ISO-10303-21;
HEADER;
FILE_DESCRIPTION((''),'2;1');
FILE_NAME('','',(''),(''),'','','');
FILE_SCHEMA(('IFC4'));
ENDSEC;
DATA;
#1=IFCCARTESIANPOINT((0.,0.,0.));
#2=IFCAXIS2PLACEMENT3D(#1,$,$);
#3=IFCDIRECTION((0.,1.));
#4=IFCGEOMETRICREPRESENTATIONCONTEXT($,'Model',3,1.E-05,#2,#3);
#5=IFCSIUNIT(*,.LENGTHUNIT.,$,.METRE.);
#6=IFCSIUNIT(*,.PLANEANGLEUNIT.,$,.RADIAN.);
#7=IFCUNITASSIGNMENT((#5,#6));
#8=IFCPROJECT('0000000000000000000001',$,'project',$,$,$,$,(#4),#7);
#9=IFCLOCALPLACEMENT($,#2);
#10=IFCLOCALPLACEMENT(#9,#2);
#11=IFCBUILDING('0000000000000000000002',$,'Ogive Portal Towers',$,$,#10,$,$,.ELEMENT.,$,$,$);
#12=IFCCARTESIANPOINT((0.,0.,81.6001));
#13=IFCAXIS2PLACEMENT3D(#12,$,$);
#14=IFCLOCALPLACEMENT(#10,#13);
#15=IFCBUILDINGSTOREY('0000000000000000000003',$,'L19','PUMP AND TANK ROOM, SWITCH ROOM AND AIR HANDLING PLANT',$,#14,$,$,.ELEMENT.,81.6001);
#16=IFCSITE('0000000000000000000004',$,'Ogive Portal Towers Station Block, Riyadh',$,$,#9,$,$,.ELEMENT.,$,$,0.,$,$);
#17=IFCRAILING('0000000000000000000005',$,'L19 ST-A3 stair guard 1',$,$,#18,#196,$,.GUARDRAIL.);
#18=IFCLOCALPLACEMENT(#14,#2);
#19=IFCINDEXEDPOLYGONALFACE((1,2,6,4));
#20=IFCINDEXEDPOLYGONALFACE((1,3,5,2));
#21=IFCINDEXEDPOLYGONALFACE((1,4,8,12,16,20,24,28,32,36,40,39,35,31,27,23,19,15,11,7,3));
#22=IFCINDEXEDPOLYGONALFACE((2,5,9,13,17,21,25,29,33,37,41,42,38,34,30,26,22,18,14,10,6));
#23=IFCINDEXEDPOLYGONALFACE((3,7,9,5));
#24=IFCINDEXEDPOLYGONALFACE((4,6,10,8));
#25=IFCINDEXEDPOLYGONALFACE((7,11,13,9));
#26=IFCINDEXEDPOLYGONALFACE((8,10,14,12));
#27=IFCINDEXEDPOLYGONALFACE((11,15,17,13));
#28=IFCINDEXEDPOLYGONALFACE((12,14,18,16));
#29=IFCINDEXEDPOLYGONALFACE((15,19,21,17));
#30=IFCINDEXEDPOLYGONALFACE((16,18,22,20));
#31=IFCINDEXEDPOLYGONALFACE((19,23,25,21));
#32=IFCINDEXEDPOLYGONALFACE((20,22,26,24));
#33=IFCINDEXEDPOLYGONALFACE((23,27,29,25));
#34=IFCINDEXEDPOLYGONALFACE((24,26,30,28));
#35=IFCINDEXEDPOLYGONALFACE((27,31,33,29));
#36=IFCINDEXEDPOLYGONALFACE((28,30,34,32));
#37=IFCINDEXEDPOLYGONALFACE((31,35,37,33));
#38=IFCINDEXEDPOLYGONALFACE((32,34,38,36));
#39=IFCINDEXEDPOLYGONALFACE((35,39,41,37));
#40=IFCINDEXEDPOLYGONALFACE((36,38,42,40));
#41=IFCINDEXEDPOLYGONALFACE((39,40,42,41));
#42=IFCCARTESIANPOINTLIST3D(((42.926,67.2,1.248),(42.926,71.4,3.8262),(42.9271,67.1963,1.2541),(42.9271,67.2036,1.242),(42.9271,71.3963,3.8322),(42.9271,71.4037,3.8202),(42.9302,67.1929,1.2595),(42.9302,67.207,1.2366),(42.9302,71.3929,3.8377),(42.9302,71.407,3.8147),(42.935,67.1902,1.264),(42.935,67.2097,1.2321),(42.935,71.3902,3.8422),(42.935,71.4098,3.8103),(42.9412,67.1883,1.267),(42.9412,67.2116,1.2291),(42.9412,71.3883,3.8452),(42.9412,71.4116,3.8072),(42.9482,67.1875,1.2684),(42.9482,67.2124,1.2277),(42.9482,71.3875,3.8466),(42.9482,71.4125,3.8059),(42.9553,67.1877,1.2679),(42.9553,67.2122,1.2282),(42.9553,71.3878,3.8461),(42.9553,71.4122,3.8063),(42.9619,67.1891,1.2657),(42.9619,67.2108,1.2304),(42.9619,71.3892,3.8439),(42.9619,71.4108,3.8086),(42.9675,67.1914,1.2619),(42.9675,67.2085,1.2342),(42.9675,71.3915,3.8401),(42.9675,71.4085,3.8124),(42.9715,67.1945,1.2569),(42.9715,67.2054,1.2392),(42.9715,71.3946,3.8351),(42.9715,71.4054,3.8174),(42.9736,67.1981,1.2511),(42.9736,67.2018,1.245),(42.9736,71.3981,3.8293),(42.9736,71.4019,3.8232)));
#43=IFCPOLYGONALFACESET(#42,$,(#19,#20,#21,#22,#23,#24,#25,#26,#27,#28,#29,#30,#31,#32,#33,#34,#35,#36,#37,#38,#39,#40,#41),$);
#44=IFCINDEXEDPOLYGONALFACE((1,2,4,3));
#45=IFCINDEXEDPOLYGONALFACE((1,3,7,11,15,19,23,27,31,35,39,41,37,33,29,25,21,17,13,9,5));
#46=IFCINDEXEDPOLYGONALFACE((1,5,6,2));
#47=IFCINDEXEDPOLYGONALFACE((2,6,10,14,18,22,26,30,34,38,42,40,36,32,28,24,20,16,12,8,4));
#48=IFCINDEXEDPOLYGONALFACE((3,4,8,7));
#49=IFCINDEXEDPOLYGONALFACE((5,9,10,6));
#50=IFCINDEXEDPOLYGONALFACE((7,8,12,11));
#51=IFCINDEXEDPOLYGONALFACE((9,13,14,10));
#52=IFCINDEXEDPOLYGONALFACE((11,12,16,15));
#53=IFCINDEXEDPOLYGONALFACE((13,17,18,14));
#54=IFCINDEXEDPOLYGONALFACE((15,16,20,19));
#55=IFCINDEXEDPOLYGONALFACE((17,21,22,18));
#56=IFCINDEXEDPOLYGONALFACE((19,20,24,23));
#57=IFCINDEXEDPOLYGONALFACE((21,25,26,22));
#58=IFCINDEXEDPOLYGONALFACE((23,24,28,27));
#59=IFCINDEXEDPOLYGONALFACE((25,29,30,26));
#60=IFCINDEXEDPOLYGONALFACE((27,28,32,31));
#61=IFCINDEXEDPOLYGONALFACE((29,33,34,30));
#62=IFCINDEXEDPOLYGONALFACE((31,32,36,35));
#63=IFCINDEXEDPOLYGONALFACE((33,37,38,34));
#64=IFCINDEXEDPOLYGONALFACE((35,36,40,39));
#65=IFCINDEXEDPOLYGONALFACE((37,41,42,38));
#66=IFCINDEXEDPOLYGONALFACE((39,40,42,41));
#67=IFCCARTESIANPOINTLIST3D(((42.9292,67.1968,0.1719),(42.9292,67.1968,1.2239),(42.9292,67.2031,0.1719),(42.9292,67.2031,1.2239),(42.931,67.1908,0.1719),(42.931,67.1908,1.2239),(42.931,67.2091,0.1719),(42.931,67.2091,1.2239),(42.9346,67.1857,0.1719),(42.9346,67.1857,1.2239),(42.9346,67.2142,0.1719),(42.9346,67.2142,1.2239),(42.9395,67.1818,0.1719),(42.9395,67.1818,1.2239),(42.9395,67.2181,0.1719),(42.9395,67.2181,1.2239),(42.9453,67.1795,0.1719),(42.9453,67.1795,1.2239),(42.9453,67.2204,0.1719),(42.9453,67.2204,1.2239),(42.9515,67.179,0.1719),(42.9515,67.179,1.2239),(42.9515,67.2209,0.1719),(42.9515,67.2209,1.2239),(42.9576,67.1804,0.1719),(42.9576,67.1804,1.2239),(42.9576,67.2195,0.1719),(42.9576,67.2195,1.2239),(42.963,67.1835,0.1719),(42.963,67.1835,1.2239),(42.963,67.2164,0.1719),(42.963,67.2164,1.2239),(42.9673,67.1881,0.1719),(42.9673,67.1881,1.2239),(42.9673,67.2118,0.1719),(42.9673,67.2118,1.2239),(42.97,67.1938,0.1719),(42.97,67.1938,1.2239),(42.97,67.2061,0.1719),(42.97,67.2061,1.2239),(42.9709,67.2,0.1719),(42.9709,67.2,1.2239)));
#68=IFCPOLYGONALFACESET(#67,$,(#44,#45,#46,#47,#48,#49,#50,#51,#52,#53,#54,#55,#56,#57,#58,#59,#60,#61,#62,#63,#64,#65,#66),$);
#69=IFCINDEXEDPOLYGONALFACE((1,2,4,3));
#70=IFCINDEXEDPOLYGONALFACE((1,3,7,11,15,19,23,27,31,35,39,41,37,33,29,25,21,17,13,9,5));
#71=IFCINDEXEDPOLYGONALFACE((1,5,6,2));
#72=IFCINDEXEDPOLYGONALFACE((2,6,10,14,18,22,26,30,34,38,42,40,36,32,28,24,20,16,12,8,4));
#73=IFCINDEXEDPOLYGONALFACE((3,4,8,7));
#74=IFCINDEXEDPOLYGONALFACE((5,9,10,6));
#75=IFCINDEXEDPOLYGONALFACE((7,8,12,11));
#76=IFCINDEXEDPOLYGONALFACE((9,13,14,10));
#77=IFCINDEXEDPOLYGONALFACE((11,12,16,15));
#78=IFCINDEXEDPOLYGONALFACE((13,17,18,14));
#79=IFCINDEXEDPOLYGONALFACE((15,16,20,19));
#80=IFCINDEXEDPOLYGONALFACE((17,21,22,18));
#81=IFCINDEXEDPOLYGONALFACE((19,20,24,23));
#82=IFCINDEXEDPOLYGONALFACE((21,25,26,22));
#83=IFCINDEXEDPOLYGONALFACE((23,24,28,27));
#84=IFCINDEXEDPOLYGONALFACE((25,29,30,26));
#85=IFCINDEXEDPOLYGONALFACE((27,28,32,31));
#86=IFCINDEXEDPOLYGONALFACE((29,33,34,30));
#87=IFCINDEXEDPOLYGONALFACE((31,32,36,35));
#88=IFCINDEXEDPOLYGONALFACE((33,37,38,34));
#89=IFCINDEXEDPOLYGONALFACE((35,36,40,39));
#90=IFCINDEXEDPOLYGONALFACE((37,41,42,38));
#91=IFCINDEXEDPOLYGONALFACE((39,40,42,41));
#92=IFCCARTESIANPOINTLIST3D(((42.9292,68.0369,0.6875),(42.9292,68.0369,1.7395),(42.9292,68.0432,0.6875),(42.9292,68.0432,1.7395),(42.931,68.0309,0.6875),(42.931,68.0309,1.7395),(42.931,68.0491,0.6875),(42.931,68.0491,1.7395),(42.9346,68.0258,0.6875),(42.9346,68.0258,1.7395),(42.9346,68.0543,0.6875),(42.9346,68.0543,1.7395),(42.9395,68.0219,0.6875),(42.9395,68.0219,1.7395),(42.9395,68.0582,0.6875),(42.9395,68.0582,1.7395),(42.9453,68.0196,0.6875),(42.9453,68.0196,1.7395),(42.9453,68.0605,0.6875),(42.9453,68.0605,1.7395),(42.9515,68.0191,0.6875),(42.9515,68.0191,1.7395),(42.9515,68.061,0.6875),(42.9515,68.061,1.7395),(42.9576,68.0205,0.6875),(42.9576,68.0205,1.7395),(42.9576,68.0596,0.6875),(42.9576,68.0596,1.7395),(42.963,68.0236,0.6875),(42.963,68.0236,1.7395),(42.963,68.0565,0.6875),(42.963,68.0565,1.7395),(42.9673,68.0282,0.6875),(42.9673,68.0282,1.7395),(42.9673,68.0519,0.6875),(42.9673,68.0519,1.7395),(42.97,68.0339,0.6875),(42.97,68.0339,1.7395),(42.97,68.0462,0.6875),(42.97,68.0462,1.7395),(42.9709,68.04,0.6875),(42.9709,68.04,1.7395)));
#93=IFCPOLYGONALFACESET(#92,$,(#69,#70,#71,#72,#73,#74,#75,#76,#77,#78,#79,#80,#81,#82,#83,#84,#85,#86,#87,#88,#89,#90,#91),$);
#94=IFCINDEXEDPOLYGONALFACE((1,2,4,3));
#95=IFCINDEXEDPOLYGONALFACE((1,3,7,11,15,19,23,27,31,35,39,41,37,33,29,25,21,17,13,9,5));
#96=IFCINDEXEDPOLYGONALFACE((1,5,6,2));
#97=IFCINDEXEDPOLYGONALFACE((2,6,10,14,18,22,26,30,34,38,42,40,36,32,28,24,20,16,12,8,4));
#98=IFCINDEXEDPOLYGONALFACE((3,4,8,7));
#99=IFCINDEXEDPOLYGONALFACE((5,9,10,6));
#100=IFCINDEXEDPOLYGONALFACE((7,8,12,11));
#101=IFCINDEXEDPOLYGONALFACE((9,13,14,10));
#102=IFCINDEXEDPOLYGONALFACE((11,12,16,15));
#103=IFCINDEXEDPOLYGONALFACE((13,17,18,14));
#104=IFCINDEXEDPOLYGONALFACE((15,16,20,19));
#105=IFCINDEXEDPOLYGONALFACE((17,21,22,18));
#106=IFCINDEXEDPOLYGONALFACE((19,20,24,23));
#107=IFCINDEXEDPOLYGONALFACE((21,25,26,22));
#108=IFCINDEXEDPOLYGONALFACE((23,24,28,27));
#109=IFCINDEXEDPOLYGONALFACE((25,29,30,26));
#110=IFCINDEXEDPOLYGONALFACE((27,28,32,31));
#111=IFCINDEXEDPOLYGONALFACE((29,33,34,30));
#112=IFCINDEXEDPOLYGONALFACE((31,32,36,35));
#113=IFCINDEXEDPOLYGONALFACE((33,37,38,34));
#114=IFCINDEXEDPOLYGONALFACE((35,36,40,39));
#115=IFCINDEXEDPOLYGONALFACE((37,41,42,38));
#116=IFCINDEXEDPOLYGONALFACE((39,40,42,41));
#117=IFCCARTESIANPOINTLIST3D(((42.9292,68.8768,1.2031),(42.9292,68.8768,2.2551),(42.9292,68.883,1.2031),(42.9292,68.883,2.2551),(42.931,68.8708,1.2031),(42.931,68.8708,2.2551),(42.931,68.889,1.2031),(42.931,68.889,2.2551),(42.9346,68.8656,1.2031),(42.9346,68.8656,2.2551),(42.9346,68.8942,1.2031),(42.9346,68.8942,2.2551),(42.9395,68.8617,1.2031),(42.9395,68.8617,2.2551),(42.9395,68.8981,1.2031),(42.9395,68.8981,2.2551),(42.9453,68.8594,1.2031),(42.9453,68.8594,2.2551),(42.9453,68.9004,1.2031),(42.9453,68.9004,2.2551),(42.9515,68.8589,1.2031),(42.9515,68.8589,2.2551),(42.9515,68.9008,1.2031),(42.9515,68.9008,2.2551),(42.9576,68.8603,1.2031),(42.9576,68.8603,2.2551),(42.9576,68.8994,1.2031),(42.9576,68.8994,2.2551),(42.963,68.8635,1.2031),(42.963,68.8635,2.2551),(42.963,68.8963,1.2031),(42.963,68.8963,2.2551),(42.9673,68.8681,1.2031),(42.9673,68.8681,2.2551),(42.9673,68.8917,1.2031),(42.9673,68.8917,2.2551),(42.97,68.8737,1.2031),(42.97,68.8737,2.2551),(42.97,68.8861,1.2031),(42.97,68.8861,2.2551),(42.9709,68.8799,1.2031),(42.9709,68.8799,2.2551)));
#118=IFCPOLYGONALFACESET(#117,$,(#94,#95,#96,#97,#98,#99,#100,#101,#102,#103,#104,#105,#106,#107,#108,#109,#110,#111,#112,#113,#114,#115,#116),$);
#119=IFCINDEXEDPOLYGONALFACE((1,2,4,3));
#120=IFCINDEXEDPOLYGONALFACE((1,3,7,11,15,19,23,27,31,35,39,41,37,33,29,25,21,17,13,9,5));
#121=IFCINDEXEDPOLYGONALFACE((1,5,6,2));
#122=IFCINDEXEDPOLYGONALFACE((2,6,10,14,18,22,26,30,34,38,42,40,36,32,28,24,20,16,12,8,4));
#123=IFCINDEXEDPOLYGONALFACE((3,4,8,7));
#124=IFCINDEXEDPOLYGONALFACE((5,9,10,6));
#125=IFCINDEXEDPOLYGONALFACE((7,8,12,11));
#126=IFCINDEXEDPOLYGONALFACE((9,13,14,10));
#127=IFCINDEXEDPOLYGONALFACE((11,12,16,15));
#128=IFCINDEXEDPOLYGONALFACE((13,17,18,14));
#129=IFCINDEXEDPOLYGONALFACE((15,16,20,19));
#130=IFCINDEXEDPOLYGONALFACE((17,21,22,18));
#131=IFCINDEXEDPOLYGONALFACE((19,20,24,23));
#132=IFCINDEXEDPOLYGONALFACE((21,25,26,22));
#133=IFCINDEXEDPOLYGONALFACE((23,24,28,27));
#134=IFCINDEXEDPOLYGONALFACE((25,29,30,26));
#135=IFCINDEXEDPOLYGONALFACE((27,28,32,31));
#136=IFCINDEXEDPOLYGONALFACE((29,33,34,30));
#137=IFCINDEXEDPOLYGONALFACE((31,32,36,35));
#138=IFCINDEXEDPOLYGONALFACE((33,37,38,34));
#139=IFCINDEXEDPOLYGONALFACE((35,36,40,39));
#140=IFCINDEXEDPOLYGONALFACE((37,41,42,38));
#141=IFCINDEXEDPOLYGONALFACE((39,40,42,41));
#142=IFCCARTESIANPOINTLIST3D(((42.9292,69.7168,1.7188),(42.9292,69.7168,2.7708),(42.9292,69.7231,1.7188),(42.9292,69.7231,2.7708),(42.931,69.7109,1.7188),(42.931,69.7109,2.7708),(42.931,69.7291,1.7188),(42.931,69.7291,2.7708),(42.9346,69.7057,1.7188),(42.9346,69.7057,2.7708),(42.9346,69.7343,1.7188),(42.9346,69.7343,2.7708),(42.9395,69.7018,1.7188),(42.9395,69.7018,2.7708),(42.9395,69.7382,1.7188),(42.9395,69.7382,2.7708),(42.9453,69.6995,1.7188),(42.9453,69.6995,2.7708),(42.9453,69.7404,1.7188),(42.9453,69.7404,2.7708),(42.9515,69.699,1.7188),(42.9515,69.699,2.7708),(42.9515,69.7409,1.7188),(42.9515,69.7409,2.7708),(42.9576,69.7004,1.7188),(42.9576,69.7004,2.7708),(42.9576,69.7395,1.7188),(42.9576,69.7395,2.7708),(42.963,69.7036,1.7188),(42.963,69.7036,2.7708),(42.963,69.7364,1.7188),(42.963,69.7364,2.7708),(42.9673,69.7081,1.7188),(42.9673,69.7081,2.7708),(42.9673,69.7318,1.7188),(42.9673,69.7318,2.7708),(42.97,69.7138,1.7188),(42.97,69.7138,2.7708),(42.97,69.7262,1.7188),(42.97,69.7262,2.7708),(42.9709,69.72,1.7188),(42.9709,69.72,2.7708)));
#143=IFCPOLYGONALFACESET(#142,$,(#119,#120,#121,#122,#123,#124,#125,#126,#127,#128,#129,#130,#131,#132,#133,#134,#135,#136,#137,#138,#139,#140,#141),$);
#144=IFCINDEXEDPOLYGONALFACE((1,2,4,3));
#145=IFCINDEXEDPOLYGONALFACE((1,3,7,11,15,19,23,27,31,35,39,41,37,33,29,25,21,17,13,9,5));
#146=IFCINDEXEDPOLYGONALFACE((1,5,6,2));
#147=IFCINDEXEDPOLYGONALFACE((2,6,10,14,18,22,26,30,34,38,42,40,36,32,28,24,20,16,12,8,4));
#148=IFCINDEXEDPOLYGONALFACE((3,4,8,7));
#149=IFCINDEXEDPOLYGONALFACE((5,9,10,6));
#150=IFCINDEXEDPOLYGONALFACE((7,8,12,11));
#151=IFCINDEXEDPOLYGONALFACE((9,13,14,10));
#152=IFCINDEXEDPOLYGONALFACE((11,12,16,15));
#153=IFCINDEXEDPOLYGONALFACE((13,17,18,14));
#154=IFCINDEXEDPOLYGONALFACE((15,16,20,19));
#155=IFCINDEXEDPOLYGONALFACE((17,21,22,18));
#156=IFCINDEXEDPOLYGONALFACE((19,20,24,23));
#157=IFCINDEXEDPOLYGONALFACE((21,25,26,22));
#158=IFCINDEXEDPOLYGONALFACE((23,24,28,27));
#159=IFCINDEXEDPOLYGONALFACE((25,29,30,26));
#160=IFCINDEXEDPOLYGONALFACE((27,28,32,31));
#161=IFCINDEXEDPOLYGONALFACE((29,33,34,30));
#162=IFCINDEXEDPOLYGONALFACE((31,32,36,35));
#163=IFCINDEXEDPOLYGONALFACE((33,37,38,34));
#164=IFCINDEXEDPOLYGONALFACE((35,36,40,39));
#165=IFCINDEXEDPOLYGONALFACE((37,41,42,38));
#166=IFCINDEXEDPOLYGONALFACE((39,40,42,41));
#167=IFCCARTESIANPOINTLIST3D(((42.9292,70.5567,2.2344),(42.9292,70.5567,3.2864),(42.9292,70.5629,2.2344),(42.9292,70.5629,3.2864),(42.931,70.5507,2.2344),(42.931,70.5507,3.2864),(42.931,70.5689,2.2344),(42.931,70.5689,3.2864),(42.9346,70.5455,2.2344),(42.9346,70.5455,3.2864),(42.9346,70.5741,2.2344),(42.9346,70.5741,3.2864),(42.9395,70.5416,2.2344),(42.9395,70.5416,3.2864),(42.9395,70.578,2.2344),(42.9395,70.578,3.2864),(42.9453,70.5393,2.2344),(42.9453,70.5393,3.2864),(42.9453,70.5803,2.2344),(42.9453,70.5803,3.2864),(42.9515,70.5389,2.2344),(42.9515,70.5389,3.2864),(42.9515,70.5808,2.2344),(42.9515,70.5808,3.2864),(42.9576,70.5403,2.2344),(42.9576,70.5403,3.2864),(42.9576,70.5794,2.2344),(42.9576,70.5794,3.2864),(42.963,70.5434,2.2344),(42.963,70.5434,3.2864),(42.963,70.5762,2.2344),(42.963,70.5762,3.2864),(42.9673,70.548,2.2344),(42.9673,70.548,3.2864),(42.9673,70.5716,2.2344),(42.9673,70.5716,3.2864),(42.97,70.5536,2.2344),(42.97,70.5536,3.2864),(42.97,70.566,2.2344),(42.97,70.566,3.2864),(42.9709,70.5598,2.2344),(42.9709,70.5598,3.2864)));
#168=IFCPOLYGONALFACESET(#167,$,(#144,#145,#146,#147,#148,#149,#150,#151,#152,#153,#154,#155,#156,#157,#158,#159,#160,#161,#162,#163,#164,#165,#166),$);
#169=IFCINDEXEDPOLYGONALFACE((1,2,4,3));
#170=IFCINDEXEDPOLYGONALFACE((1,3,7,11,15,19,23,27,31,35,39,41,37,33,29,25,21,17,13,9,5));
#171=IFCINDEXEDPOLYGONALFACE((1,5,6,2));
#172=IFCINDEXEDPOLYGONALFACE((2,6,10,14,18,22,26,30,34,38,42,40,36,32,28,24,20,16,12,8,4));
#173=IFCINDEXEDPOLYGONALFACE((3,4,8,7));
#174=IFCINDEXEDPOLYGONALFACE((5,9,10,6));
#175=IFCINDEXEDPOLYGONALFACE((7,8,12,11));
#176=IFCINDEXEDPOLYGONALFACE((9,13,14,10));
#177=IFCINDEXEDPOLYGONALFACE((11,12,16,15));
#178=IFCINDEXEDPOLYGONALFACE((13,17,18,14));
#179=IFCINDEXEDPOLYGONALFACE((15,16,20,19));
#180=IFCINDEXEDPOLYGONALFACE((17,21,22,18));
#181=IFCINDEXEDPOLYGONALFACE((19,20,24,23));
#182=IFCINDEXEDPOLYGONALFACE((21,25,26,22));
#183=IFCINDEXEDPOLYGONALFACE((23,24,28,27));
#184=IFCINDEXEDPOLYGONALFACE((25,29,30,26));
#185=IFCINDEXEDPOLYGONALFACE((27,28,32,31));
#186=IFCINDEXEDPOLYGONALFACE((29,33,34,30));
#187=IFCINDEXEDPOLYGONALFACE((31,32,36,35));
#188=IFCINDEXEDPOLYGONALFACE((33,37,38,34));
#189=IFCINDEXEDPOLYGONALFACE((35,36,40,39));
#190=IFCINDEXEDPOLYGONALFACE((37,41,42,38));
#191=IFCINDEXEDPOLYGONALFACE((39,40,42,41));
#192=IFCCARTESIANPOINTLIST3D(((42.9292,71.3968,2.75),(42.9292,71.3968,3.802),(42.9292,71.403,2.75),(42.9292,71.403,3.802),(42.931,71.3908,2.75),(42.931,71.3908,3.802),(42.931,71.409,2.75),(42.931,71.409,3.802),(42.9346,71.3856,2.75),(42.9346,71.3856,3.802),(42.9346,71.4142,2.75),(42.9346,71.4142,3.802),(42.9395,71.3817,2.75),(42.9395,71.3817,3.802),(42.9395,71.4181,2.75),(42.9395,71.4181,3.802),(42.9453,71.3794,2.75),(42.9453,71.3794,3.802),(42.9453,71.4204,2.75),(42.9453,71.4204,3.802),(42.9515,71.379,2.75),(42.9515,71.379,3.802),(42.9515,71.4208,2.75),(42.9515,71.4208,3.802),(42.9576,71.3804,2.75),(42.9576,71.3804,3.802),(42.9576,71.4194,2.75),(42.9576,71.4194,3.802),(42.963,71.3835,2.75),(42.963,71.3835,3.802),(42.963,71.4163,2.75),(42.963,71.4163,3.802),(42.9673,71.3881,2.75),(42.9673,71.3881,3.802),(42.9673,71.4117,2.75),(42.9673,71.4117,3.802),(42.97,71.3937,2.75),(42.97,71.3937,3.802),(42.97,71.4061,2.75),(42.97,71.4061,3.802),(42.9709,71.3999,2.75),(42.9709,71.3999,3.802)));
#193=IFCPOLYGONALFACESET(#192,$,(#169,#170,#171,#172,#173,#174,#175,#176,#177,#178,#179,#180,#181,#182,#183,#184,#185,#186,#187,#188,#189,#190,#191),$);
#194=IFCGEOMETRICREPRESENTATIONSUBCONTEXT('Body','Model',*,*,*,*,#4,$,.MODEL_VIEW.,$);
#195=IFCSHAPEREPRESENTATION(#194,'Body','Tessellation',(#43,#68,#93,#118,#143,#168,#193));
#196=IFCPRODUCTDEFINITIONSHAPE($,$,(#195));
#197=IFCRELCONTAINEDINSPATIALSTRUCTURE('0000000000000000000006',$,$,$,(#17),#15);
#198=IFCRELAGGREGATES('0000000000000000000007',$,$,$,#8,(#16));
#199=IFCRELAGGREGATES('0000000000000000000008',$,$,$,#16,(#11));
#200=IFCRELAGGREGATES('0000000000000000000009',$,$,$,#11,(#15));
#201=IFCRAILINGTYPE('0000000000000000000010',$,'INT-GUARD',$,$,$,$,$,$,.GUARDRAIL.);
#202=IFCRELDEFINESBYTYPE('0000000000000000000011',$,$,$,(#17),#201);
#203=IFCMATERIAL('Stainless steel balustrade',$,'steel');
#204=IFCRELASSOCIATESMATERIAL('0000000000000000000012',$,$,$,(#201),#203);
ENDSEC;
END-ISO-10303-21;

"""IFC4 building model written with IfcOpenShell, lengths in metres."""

from ifc_helpers import new_model, si_unit, direction, frame, origin, origin_2d, place, context, subcontext, project, spatial, circle, extrude, material, type_object, element, save


model = new_model("IFC4")

# Units and contexts
model_context = context("Model", 3, precision=1e-05, world=origin(), true_north=direction((0.0, 1.0)))
body_context = subcontext(model_context, "Body", "Model", "MODEL_VIEW")
ifc_project = project(units=[si_unit("LENGTHUNIT", "METRE"), si_unit("PLANEANGLEUNIT", "RADIAN")], contexts=[model_context])

# Site, building, storey
site_placement = place(None, origin())
site = spatial("IfcSite", under=ifc_project, at=site_placement, Name="Ogive Portal Towers Station Block, Riyadh", CompositionType="ELEMENT", RefElevation=0.0)
building_placement = place(site_placement, origin())
building = spatial("IfcBuilding", under=site, at=building_placement, Name="Ogive Portal Towers", CompositionType="ELEMENT")
storey_placement = place(building_placement, frame((0.0, 0.0, 81.6001)))
storey = spatial("IfcBuildingStorey", under=building, at=storey_placement, Name="L19", Description="PUMP AND TANK ROOM, SWITCH ROOM AND AIR HANDLING PLANT", CompositionType="ELEMENT", Elevation=81.6001)

# Railing
ifc_material_1 = material(Name="Stainless steel balustrade", Category="steel")
railing_type_1 = type_object("IfcRailingType", Name="INT-GUARD", PredefinedType="GUARDRAIL", material=ifc_material_1)
railing_1_placement = place(storey_placement, frame((42.95, 67.2, 0.1719)))
element("IfcRailing", 1, at=railing_1_placement, inside=storey, type_object=railing_type_1, Name="L19 ST-A3 stair guard 1", PredefinedType="GUARDRAIL", context=body_context, shape_type="SweptSolid", body=[
    extrude(circle(Radius=0.0239, at=origin_2d()), frame((0.0, 0.0, 1.0762), z_axis=(0.0, 0.852243, 0.523146), x_axis=(-1.0, 0.0, 0.0)), (0.0, 0.0, 1.0), 4.9282),
    extrude(circle(Radius=0.021, at=origin_2d()), origin(), (0.0, 0.0, 1.0), 1.052),
    extrude(circle(Radius=0.021, at=origin_2d()), frame((0.0, 0.8401, 0.5156)), (0.0, 0.0, 1.0), 1.052),
    extrude(circle(Radius=0.021, at=origin_2d()), frame((0.0, 1.6799, 1.0312)), (0.0, 0.0, 1.0), 1.052),
    extrude(circle(Radius=0.021, at=origin_2d()), frame((0.0, 2.52, 1.5469)), (0.0, 0.0, 1.0), 1.052),
    extrude(circle(Radius=0.021, at=origin_2d()), frame((0.0, 3.3599, 2.0625)), (0.0, 0.0, 1.0), 1.052),
    extrude(circle(Radius=0.021, at=origin_2d()), frame((0.0, 4.2, 2.5781)), (0.0, 0.0, 1.0), 1.052),
])

save(model, "model.ifc")
